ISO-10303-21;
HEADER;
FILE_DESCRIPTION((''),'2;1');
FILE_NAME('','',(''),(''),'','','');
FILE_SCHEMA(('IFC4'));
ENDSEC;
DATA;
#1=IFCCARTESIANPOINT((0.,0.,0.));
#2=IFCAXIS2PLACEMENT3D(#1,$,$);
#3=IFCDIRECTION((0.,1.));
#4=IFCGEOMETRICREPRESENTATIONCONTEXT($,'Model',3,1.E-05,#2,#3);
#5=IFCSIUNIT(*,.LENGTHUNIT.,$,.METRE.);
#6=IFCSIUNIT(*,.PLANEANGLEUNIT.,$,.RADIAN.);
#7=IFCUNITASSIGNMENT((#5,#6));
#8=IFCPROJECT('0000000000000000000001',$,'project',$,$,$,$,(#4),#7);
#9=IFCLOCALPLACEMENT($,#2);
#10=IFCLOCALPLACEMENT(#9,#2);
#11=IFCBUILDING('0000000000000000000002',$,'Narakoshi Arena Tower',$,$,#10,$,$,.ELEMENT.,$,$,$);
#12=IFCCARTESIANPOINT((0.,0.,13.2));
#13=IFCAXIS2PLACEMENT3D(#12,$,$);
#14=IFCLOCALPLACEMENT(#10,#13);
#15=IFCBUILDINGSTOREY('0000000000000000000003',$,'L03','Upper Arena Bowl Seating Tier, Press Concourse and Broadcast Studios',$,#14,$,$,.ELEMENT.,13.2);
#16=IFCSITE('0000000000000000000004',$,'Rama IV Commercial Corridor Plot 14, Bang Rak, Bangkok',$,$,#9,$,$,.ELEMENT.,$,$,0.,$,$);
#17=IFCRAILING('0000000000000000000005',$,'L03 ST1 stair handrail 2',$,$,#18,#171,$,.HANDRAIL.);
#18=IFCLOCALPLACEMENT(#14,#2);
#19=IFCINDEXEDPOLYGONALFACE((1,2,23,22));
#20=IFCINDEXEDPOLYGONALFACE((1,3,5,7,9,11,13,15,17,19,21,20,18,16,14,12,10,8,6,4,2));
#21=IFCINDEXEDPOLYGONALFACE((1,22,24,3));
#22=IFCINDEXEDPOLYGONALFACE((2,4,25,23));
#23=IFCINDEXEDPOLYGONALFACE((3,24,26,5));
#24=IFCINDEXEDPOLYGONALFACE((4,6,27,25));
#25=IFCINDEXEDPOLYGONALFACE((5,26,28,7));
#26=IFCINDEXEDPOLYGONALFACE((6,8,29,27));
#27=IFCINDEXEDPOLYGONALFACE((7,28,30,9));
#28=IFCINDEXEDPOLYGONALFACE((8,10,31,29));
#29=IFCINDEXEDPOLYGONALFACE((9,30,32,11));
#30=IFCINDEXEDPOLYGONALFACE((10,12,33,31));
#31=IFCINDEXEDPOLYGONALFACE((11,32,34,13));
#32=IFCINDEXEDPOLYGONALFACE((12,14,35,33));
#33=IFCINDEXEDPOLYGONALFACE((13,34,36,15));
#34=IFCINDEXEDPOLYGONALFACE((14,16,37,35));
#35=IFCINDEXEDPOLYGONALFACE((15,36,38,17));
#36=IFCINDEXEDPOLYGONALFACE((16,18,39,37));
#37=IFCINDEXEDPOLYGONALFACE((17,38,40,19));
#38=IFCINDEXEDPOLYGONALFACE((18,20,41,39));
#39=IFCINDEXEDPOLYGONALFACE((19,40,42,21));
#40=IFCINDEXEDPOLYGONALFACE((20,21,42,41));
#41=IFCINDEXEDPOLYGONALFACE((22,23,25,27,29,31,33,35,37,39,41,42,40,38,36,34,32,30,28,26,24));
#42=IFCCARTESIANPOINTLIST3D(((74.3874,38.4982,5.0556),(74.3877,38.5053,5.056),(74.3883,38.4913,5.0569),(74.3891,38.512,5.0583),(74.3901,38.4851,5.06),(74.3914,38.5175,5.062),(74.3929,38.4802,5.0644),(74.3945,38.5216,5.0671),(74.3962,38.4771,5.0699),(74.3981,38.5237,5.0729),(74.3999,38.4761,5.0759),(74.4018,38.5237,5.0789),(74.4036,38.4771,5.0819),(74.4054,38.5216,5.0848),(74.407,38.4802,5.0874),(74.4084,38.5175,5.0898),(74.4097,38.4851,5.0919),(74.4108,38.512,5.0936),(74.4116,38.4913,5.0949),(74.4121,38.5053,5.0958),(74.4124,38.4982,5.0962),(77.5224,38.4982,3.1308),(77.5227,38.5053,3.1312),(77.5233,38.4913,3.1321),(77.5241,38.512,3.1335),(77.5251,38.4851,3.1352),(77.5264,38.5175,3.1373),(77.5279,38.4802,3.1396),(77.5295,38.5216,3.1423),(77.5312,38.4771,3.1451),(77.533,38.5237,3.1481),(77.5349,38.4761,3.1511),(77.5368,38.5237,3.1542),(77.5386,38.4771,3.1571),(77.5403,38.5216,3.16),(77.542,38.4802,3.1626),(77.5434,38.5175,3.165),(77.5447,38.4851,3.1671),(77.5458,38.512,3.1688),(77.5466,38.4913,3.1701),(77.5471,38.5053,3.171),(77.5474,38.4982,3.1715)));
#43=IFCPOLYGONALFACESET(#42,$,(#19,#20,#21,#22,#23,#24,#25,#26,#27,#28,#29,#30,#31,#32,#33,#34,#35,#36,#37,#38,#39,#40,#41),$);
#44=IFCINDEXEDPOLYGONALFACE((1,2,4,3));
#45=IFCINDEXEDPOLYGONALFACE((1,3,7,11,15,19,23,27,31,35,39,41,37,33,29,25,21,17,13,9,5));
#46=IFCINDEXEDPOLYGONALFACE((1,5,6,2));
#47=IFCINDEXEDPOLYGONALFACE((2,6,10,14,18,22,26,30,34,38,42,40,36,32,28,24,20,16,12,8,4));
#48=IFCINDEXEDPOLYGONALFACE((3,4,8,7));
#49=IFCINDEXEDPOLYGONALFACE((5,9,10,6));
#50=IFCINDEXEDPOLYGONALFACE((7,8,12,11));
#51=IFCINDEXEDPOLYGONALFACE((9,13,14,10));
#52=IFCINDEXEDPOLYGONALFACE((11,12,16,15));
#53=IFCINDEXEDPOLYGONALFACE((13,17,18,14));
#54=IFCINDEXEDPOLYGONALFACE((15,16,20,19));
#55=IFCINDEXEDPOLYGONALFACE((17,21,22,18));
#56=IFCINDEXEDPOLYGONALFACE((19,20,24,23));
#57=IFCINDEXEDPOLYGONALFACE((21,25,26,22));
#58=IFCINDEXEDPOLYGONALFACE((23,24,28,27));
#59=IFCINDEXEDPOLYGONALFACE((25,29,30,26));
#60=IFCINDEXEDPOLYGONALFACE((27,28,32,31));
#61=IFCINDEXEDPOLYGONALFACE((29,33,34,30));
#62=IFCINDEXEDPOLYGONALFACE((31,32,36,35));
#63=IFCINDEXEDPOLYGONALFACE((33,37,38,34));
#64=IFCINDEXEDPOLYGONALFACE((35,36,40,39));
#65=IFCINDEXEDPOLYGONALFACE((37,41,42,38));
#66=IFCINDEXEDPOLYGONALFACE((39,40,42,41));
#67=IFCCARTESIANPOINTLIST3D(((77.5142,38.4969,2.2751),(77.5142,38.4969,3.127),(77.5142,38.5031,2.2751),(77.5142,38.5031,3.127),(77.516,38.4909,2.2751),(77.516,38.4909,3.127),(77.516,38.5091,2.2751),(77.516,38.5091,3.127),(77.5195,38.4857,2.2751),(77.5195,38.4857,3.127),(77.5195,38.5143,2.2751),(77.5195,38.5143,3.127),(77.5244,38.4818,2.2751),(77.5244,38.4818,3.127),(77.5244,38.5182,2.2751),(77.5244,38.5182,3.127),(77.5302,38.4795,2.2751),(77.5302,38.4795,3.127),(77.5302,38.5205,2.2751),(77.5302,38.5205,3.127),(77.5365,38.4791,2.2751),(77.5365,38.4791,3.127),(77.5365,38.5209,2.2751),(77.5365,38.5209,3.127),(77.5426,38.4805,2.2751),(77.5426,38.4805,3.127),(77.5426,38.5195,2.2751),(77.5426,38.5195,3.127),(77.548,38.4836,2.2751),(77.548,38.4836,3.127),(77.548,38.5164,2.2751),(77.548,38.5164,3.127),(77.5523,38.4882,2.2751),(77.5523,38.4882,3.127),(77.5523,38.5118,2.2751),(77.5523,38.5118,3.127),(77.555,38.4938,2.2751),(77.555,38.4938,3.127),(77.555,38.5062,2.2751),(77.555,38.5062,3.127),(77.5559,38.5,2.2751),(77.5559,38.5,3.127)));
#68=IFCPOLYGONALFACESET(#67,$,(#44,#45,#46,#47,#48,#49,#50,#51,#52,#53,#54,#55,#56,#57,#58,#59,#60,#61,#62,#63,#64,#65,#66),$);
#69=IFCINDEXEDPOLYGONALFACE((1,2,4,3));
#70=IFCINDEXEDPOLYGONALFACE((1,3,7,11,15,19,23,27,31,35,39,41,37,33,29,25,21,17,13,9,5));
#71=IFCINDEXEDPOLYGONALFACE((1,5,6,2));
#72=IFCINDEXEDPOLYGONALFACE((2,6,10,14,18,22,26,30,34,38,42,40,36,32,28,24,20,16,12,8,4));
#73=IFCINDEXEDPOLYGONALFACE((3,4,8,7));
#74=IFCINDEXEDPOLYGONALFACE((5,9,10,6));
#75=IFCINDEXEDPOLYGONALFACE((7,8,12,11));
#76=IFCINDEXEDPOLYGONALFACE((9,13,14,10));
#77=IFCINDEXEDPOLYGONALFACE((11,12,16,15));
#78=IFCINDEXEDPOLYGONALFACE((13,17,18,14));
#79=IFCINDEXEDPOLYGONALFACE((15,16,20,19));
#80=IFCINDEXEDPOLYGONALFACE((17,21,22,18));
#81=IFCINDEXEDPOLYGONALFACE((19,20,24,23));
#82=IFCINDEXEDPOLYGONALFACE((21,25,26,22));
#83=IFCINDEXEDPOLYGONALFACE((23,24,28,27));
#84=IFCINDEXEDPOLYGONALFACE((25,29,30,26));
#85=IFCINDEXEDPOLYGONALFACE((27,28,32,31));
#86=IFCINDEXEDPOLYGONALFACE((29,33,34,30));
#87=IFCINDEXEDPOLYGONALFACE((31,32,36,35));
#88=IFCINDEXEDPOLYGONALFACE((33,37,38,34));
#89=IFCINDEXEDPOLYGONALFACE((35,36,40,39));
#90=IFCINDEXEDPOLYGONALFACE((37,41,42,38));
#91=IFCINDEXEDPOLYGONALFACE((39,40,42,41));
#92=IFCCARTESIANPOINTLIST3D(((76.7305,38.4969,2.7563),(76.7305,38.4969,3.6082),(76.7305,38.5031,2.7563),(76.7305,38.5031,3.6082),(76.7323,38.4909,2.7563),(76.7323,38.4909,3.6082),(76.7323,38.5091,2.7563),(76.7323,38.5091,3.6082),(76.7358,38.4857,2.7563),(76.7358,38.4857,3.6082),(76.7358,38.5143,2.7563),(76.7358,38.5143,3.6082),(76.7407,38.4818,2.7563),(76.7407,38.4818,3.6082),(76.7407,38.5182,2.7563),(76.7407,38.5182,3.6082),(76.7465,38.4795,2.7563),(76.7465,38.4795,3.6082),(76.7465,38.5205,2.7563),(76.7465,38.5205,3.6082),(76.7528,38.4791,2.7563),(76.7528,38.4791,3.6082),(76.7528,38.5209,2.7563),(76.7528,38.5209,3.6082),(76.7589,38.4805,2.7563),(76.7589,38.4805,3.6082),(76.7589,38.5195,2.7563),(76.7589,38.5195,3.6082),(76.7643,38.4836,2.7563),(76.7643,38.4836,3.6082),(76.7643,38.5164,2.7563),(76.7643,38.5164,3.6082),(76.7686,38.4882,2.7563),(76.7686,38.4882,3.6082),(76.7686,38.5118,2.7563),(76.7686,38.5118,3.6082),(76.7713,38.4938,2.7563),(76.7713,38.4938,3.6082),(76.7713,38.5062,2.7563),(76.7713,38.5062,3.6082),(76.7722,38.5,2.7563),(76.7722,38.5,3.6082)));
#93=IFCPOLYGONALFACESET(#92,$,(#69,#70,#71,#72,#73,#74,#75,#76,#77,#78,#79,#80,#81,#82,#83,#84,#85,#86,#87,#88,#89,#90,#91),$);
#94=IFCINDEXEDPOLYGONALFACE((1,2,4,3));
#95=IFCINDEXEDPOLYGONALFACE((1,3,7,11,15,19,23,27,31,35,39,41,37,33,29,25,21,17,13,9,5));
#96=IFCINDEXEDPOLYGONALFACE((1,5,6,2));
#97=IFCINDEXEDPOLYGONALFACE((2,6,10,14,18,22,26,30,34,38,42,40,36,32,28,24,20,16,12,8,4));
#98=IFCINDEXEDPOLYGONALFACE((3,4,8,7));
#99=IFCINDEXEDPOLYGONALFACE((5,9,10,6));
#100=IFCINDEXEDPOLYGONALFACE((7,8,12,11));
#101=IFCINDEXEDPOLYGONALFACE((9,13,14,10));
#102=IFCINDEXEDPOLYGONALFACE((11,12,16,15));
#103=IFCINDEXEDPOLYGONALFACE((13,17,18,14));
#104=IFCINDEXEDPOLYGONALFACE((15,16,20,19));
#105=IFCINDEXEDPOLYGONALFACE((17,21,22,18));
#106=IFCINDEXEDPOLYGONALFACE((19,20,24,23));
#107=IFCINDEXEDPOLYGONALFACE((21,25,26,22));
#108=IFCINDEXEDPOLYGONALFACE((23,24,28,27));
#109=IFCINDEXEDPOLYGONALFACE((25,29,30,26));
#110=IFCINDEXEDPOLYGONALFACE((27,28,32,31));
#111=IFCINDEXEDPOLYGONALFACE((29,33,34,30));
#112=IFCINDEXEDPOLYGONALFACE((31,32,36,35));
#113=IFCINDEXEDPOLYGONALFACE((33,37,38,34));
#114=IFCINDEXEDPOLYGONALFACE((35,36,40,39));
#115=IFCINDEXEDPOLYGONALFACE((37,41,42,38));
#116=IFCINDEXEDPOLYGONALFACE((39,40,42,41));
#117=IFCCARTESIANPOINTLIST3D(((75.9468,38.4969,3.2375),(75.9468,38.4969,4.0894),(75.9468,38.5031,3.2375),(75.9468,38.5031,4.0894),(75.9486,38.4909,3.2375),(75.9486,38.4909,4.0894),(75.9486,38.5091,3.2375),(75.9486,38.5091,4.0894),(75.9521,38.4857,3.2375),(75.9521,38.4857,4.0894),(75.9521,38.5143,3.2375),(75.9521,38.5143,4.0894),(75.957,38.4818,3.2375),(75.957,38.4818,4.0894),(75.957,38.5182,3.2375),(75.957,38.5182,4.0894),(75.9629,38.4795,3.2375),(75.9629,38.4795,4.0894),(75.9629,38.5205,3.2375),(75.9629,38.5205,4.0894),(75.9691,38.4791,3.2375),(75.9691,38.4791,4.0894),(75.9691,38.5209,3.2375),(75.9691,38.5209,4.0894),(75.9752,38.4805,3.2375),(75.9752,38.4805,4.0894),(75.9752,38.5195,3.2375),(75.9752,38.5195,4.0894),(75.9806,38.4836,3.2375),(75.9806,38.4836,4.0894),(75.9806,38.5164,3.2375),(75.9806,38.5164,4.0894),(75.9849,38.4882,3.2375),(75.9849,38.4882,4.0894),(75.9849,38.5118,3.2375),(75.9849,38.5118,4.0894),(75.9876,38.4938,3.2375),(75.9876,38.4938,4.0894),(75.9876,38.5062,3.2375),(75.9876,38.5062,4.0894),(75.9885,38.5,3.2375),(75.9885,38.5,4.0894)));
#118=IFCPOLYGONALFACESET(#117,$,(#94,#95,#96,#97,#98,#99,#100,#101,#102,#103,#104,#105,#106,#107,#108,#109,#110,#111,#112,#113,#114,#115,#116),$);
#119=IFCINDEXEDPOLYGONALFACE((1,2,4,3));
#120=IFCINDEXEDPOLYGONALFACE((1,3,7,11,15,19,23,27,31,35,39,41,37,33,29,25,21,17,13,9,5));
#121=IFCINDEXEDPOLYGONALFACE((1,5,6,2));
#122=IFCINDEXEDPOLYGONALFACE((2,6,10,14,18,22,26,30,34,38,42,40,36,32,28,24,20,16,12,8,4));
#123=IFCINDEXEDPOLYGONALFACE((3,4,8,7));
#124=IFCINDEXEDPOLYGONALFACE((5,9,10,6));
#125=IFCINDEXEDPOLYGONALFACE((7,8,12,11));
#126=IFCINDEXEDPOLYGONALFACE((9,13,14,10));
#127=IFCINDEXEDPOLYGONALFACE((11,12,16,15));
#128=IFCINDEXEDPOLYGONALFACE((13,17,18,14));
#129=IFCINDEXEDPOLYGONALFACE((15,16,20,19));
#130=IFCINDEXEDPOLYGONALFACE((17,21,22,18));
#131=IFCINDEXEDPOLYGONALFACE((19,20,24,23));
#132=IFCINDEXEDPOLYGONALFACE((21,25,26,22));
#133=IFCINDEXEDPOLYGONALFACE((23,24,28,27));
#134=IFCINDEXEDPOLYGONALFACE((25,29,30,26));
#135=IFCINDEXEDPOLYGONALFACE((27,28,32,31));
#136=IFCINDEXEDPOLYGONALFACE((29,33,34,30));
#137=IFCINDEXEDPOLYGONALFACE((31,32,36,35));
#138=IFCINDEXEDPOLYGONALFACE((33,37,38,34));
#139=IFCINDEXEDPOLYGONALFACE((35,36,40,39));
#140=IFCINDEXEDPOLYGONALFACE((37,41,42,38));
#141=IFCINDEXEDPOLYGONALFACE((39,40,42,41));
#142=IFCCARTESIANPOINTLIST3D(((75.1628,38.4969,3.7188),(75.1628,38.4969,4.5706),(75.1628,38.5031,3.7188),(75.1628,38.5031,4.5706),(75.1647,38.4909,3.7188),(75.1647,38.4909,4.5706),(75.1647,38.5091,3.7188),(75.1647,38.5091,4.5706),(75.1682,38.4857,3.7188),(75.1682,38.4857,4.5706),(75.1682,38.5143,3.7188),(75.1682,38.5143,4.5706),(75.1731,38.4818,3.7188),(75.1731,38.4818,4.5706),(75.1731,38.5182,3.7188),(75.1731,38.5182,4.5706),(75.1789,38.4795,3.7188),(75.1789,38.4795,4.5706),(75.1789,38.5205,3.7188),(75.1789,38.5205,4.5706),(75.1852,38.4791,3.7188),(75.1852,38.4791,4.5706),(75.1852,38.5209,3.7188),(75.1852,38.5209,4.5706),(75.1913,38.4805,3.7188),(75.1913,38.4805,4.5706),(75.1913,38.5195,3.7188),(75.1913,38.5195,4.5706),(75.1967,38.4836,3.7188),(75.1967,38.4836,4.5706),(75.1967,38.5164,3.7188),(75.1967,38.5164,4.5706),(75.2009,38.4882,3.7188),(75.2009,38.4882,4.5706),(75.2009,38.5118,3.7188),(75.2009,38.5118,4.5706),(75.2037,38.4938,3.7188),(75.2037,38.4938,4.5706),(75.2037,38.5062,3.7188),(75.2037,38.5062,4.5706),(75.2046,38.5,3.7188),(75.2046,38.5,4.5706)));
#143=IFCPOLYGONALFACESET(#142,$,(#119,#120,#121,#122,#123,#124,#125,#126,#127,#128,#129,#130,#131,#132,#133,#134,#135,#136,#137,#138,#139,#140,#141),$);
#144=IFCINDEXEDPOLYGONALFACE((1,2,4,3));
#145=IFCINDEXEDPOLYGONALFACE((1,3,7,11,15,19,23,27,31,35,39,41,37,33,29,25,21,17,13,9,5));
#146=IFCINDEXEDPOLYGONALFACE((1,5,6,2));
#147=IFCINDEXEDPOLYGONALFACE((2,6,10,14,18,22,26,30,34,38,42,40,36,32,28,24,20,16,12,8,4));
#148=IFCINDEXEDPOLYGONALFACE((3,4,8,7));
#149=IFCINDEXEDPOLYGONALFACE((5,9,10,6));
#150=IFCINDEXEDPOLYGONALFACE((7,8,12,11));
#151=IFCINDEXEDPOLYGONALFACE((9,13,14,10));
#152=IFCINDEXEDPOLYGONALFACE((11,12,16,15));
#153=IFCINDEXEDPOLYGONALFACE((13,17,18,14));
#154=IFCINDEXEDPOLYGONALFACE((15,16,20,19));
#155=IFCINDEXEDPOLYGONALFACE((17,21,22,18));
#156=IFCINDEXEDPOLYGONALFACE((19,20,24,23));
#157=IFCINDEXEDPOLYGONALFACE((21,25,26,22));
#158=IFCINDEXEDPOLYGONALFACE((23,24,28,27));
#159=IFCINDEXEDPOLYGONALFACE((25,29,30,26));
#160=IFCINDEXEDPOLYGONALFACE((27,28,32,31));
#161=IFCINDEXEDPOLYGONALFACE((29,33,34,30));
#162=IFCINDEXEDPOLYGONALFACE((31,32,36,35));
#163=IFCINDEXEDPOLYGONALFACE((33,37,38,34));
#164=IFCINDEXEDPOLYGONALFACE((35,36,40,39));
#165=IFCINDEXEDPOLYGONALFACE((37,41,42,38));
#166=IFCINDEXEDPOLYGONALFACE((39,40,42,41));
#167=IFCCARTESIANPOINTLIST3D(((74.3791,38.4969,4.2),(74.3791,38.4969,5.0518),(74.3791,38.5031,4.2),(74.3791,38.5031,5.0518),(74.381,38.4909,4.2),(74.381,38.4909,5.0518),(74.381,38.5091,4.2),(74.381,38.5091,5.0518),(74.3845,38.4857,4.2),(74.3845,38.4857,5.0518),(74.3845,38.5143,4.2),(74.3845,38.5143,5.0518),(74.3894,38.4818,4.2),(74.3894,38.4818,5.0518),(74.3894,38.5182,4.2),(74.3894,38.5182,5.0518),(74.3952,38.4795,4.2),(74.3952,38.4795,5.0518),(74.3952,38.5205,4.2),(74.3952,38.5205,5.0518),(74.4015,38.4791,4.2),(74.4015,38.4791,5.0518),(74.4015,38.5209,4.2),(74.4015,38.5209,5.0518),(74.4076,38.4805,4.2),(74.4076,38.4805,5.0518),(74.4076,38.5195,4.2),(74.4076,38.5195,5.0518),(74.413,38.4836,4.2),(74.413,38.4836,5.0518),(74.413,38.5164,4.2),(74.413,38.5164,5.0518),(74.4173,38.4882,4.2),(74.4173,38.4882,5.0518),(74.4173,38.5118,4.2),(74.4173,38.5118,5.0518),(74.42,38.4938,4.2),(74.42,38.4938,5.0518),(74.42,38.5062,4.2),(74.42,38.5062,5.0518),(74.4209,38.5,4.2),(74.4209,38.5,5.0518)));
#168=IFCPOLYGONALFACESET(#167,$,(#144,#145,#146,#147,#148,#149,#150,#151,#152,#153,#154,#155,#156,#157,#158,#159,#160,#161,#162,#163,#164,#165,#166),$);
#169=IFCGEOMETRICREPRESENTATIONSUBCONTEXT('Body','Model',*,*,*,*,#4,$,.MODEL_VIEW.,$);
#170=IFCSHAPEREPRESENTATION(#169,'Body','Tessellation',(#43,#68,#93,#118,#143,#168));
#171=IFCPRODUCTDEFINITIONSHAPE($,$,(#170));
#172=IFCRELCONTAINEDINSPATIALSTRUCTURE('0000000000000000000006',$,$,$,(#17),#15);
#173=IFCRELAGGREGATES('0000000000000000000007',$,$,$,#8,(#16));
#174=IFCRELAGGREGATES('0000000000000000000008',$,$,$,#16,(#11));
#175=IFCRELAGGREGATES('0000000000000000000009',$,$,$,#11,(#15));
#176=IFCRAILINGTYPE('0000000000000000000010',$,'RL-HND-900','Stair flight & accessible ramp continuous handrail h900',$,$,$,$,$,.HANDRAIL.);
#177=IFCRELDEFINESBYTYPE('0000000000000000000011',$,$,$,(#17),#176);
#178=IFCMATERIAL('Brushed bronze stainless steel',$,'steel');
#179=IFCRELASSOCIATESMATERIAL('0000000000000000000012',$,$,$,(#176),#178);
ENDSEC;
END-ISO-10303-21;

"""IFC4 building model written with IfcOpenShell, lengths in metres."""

from ifc_helpers import new_model, si_unit, direction, frame, origin, origin_2d, place, context, subcontext, project, spatial, circle, extrude, material, type_object, element, save


model = new_model("IFC4")

# Units and contexts
model_context = context("Model", 3, precision=1e-05, world=origin(), true_north=direction((0.0, 1.0)))
body_context = subcontext(model_context, "Body", "Model", "MODEL_VIEW")
ifc_project = project(units=[si_unit("LENGTHUNIT", "METRE"), si_unit("PLANEANGLEUNIT", "RADIAN")], contexts=[model_context])

# Site, building, storey
site_placement = place(None, origin())
site = spatial("IfcSite", under=ifc_project, at=site_placement, Name="Rama IV Commercial Corridor Plot 14, Bang Rak, Bangkok", CompositionType="ELEMENT", RefElevation=0.0)
building_placement = place(site_placement, origin())
building = spatial("IfcBuilding", under=site, at=building_placement, Name="Narakoshi Arena Tower", CompositionType="ELEMENT")
storey_placement = place(building_placement, frame((0.0, 0.0, 13.2)))
storey = spatial("IfcBuildingStorey", under=building, at=storey_placement, Name="L03", Description="Upper Arena Bowl Seating Tier, Press Concourse and Broadcast Studios", CompositionType="ELEMENT", Elevation=13.2)

# Railing
ifc_material_1 = material(Name="Brushed bronze stainless steel", Category="steel")
railing_type_1 = type_object("IfcRailingType", Name="RL-HND-900", Description="Stair flight & accessible ramp continuous handrail h900", PredefinedType="HANDRAIL", material=ifc_material_1)
railing_1_placement = place(storey_placement, frame((77.5349, 38.5, 2.2751)))
element("IfcRailing", 1, at=railing_1_placement, inside=storey, type_object=railing_type_1, Name="L03 ST1 stair handrail 2", PredefinedType="HANDRAIL", context=body_context, shape_type="SweptSolid", body=[
    extrude(circle(Radius=0.0239, at=origin_2d()), frame((0.0, 0.0, 0.876), z_axis=(-0.852196, 0.0, 0.523223), x_axis=(0.0, -1.0, 0.0)), (0.0, 0.0, 1.0), 3.6787),
    extrude(circle(Radius=0.021, at=origin_2d()), origin(), (0.0, 0.0, 1.0), 0.8518),
    extrude(circle(Radius=0.021, at=origin_2d()), frame((-0.7837, 0.0, 0.4812)), (0.0, 0.0, 1.0), 0.8518),
    extrude(circle(Radius=0.021, at=origin_2d()), frame((-1.5674, 0.0, 0.9624)), (0.0, 0.0, 1.0), 0.8518),
    extrude(circle(Radius=0.021, at=origin_2d()), frame((-2.3513, 0.0, 1.4436)), (0.0, 0.0, 1.0), 0.8518),
    extrude(circle(Radius=0.021, at=origin_2d()), frame((-3.135, 0.0, 1.9248)), (0.0, 0.0, 1.0), 0.8518),
])

save(model, "model.ifc")
